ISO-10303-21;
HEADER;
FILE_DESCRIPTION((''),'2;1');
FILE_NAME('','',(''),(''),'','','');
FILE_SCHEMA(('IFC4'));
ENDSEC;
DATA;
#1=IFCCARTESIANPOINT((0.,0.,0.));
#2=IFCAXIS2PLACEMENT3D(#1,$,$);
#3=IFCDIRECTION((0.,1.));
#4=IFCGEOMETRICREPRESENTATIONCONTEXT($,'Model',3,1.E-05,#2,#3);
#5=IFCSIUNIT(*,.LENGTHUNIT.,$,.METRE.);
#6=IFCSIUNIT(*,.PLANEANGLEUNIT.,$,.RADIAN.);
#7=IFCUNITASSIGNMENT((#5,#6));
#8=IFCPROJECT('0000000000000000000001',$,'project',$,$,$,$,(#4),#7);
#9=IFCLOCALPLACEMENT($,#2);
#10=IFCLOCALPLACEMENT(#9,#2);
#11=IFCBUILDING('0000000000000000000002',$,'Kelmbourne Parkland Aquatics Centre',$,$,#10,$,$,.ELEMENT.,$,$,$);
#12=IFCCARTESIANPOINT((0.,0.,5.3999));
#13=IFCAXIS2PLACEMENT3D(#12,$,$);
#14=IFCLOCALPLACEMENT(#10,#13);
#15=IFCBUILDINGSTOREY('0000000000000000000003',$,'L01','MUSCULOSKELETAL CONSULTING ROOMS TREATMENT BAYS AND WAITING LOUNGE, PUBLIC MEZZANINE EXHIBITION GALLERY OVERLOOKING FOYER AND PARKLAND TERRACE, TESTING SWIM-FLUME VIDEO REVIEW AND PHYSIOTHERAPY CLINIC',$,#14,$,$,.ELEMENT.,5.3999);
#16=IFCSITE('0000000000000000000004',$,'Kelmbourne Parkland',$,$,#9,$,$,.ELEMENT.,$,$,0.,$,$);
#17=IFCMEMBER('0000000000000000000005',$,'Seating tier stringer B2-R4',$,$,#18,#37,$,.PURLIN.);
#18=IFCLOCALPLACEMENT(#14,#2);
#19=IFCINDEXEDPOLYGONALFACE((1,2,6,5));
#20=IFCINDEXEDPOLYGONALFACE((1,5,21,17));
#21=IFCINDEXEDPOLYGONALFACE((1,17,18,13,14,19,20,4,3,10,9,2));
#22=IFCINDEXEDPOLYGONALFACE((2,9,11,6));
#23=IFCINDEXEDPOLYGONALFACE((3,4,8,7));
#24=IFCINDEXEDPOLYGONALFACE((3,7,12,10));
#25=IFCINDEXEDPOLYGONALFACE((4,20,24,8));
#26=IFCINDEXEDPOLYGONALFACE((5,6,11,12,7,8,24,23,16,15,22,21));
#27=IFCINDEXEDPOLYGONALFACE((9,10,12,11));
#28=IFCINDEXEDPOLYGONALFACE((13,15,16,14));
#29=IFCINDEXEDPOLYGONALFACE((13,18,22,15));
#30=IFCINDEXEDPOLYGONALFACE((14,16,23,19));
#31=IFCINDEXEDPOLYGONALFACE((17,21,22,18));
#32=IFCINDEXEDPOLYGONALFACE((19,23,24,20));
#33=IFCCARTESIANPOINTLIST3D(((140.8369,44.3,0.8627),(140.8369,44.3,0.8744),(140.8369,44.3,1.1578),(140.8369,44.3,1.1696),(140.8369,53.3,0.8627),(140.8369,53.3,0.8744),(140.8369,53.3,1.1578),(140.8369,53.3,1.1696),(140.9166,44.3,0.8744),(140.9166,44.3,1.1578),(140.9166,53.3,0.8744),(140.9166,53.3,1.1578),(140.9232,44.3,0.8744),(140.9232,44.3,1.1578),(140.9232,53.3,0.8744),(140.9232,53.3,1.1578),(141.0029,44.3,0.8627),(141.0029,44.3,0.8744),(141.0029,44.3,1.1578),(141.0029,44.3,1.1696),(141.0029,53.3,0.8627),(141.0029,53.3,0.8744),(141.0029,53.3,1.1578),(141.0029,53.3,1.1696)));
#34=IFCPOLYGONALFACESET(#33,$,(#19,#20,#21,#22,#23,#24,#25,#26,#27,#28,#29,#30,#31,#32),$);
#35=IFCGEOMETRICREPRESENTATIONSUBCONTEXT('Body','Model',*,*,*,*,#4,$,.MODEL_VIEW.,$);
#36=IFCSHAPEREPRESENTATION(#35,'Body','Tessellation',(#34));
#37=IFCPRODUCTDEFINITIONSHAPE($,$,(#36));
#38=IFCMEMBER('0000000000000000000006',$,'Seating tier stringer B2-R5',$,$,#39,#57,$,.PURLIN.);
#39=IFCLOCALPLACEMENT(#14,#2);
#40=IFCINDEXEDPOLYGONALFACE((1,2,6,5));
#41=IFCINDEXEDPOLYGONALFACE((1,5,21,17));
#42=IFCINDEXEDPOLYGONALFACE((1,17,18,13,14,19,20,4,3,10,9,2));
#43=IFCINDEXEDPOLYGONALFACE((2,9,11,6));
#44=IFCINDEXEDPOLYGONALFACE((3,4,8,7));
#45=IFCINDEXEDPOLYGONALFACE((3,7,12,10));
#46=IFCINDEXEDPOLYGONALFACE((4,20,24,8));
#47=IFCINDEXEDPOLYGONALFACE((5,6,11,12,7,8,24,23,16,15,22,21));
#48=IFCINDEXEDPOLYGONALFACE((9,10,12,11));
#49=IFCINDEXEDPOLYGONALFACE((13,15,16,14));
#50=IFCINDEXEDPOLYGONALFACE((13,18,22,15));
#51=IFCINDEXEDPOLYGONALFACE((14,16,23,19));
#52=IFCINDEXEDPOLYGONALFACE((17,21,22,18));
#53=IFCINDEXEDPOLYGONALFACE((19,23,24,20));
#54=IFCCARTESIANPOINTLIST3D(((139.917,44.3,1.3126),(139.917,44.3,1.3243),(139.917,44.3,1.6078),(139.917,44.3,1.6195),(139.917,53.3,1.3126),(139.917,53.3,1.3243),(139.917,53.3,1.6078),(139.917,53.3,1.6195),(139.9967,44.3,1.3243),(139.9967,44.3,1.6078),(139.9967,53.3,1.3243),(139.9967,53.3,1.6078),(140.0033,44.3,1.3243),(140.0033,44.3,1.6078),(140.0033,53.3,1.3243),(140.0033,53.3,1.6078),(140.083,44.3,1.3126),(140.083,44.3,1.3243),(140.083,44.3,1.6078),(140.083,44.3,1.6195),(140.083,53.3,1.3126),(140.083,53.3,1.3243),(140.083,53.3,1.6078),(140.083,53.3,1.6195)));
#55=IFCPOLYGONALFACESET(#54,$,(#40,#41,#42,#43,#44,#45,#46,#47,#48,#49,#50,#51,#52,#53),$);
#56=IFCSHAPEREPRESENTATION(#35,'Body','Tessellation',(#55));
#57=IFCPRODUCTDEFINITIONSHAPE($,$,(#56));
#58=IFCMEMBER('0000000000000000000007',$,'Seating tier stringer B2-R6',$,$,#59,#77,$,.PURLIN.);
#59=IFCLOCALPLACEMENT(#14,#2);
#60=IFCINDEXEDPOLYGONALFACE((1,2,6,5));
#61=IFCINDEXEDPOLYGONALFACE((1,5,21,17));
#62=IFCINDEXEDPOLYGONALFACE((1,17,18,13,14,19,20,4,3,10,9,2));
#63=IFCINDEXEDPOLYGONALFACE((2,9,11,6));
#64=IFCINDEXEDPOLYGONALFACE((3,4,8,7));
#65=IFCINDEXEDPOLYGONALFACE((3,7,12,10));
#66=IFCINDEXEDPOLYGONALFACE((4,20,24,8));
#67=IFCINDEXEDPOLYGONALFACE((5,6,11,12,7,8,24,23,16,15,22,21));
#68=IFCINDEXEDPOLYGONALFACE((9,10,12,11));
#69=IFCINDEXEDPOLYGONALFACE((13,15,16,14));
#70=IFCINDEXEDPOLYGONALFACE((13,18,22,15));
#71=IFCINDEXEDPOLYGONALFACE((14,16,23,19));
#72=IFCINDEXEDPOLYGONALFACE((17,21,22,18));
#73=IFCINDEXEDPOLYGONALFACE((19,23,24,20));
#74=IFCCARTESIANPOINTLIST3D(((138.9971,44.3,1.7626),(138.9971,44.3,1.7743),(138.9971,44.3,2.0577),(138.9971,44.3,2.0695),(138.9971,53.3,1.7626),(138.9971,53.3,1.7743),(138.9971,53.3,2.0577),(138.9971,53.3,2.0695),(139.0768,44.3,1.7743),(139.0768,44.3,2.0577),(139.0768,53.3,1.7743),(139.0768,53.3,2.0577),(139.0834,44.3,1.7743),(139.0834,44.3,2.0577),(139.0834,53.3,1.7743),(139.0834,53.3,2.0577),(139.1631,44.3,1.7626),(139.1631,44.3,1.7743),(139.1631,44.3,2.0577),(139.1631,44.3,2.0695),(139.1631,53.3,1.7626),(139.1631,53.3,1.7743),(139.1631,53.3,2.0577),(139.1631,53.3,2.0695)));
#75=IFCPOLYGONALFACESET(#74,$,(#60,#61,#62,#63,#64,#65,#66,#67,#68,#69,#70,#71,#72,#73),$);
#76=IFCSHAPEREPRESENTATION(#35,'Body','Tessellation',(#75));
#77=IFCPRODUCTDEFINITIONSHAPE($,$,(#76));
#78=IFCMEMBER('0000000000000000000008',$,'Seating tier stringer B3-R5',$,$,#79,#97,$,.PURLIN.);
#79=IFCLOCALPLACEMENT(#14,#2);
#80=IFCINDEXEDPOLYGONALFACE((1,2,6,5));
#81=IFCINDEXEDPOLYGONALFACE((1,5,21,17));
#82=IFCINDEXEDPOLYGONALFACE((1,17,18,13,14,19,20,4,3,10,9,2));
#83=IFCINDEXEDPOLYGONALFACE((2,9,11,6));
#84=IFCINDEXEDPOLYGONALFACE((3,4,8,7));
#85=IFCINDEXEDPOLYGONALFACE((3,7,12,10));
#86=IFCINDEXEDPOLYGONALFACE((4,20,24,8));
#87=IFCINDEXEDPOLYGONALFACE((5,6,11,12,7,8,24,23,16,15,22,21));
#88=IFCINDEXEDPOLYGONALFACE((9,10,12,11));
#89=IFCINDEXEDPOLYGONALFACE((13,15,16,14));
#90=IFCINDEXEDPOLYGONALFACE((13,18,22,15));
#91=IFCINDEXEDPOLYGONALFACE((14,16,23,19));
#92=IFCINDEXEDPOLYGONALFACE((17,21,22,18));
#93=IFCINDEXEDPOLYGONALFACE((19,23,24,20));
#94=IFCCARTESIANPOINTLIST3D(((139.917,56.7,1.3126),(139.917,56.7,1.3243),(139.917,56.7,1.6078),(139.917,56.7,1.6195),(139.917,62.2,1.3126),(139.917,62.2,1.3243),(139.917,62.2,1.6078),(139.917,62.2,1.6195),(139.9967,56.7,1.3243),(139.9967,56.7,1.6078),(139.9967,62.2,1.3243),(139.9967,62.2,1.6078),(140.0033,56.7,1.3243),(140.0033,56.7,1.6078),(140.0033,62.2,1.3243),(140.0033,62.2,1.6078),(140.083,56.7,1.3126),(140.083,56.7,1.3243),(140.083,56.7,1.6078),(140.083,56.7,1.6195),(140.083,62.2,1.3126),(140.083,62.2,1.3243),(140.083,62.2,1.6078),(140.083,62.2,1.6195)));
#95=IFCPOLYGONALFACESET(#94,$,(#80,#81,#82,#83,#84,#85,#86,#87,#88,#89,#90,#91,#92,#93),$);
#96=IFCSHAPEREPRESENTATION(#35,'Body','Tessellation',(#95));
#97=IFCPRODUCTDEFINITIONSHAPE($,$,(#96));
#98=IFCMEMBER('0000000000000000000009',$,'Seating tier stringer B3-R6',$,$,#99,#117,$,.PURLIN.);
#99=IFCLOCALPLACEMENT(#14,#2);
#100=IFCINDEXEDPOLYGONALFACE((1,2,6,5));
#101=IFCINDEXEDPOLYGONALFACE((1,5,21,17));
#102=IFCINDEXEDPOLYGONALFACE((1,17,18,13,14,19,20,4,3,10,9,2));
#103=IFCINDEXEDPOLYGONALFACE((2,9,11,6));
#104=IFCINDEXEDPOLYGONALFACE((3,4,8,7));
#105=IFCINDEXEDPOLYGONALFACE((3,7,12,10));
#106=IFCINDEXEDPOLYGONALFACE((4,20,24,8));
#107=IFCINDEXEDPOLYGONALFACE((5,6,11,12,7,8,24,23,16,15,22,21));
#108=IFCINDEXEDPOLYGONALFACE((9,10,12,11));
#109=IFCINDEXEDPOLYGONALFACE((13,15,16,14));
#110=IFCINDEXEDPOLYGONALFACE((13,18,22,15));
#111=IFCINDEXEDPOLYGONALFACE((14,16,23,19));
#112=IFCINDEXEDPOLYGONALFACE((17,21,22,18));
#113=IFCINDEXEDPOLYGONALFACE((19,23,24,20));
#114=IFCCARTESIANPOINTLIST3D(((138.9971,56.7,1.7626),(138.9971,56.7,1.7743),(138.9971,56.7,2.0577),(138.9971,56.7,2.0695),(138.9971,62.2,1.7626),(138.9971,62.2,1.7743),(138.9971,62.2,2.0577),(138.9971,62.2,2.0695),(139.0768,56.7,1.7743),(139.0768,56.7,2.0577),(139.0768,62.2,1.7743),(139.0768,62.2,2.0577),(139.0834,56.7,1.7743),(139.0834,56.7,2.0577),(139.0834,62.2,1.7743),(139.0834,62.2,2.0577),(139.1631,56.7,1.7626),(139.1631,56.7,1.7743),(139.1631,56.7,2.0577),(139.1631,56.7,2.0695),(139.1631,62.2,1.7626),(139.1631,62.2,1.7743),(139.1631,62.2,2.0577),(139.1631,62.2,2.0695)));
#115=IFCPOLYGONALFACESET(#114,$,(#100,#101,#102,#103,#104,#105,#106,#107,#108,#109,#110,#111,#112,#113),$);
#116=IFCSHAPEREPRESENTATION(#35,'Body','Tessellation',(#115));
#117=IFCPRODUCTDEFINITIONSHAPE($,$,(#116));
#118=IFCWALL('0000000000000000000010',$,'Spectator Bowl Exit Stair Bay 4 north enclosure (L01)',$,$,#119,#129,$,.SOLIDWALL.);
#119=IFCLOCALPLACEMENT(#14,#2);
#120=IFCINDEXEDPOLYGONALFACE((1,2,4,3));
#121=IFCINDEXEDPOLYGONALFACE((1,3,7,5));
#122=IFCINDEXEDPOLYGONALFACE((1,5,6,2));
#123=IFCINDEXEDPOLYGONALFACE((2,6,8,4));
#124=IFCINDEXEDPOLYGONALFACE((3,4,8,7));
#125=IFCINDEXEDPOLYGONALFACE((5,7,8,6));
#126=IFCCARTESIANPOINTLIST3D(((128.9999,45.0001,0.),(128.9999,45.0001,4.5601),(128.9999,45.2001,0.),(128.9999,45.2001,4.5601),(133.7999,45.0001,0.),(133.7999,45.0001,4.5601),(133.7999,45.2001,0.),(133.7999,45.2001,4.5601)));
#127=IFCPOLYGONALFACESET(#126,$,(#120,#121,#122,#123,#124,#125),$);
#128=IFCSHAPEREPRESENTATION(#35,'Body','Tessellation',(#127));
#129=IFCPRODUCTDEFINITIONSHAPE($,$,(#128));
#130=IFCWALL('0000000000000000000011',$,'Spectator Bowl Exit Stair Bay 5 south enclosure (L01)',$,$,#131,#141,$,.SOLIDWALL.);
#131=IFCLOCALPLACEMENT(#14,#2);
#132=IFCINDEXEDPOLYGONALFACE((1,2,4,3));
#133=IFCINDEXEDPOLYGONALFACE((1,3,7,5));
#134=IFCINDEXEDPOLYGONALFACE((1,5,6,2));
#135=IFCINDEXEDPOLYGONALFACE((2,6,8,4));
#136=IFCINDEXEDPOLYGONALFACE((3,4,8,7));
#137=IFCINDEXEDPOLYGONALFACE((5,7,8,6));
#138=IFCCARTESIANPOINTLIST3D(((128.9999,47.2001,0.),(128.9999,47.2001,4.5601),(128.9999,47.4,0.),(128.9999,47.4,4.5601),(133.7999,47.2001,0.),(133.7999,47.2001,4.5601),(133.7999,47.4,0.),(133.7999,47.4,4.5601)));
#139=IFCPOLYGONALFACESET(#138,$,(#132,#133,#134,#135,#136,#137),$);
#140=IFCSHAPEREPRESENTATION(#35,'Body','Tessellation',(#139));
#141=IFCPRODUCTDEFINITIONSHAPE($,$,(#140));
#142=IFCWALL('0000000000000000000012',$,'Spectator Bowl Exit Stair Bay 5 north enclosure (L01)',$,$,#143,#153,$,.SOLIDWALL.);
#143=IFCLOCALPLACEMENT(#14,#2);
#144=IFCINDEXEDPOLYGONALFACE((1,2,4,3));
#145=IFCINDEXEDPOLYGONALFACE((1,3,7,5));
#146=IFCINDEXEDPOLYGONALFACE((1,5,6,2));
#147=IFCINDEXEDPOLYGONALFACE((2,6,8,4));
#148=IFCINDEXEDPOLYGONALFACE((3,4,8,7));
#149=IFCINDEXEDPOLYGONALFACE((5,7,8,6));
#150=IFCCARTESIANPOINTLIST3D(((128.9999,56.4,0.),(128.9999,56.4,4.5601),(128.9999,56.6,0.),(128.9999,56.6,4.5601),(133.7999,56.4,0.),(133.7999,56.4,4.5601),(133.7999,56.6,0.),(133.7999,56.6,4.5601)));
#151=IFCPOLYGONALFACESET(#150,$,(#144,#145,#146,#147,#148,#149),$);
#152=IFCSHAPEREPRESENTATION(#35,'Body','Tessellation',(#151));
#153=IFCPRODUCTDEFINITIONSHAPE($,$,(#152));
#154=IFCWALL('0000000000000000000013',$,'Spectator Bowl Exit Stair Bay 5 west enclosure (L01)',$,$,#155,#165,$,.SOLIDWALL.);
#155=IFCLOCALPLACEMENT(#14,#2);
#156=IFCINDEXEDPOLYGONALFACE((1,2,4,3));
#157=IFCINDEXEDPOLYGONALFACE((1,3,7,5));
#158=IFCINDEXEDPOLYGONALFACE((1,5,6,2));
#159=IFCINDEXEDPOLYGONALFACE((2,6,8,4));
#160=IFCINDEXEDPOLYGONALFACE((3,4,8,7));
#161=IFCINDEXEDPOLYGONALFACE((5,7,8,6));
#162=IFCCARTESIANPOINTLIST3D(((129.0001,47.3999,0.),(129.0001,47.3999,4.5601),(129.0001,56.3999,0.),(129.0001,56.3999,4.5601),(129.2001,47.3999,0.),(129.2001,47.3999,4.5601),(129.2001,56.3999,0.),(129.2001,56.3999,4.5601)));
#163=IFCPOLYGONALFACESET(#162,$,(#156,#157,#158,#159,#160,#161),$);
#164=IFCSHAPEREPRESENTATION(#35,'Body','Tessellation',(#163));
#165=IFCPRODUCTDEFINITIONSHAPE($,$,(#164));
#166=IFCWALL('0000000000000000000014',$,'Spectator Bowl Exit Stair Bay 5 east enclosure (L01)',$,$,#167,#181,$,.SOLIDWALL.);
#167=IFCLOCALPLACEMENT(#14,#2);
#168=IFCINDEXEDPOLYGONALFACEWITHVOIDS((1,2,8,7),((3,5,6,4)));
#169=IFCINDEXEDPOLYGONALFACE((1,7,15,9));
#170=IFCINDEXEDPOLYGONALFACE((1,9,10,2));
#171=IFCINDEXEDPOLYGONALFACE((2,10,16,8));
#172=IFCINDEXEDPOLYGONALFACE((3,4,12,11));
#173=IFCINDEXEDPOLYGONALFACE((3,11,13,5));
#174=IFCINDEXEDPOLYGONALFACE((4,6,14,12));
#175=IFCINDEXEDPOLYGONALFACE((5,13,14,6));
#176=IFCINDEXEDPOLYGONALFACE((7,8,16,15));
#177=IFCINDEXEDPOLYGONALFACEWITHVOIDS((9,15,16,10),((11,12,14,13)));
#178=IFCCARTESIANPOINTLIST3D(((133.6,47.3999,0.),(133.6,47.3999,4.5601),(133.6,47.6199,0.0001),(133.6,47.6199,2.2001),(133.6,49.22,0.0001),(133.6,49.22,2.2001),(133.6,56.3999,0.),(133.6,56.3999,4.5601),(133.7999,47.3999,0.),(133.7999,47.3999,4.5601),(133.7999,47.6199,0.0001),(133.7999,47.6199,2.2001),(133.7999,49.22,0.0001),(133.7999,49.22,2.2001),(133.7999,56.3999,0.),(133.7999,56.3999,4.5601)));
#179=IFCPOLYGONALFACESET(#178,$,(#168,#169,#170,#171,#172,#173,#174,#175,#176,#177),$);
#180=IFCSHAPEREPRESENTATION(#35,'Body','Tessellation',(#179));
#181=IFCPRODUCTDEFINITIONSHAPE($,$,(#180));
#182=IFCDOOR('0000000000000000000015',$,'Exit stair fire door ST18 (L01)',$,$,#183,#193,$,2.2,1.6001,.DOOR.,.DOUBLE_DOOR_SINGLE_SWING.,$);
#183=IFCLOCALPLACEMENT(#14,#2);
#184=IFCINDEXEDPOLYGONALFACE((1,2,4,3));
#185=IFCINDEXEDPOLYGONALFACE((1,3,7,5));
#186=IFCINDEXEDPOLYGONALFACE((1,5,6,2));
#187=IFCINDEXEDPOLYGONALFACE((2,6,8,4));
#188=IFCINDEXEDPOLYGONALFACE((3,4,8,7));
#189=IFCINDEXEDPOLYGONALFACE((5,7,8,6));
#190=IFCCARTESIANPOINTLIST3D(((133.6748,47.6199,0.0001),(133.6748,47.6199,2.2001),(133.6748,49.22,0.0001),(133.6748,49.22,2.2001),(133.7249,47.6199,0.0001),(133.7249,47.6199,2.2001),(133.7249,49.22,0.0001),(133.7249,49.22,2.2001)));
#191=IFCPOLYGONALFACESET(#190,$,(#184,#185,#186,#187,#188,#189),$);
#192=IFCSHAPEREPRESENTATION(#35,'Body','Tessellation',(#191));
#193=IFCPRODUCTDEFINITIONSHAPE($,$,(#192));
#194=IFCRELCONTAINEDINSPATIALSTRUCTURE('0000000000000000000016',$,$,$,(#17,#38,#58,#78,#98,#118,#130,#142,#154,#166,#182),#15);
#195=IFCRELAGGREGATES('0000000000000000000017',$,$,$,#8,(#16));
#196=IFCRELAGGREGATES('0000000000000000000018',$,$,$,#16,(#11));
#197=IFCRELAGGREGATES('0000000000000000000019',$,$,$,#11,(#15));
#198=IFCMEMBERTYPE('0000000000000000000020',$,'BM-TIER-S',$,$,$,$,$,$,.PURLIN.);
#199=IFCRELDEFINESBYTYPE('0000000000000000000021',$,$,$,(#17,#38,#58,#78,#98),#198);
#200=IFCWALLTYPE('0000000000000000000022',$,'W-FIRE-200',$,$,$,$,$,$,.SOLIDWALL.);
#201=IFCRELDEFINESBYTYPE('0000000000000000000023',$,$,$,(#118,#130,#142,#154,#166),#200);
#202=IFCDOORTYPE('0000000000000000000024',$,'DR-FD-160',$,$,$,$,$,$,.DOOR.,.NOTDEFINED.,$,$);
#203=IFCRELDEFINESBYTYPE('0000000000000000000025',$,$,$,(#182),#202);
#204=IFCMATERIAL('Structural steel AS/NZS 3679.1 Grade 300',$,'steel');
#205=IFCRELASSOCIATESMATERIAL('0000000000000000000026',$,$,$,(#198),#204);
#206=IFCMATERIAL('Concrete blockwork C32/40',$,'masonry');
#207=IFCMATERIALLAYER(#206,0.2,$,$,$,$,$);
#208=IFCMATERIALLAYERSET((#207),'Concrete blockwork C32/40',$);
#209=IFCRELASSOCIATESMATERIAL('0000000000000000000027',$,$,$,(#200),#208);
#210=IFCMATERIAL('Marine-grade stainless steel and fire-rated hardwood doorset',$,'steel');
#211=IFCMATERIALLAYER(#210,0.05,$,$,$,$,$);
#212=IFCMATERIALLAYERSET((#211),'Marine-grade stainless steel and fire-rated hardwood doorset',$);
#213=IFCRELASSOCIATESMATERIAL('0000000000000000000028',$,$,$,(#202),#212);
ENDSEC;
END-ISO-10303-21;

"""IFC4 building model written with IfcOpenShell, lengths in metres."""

from ifc_helpers import new_model, si_unit, direction, frame, frame_2d, origin, origin_2d, place, context, subcontext, project, spatial, rectangle, i_section, extrude, material, layer, layer_set, material_profile, profile_set, type_object, element, fill, save


model = new_model("IFC4")

# Units and contexts
model_context = context("Model", 3, precision=1e-05, world=origin(), true_north=direction((0.0, 1.0)))
body_context = subcontext(model_context, "Body", "Model", "MODEL_VIEW")
ifc_project = project(units=[si_unit("LENGTHUNIT", "METRE"), si_unit("PLANEANGLEUNIT", "RADIAN")], contexts=[model_context])

# Site, building, storey
site_placement = place(None, origin())
site = spatial("IfcSite", under=ifc_project, at=site_placement, Name="Kelmbourne Parkland", CompositionType="ELEMENT", RefElevation=0.0)
building_placement = place(site_placement, origin())
building = spatial("IfcBuilding", under=site, at=building_placement, Name="Kelmbourne Parkland Aquatics Centre", CompositionType="ELEMENT")
storey_placement = place(building_placement, frame((0.0, 0.0, 5.3999)))
storey = spatial("IfcBuildingStorey", under=building, at=storey_placement, Name="L01", Description="MUSCULOSKELETAL CONSULTING ROOMS TREATMENT BAYS AND WAITING LOUNGE, PUBLIC MEZZANINE EXHIBITION GALLERY OVERLOOKING FOYER AND PARKLAND TERRACE, TESTING SWIM-FLUME VIDEO REVIEW AND PHYSIOTHERAPY CLINIC", CompositionType="ELEMENT", Elevation=5.3999)

# Shared definitions
ifc_material_1 = material(Name="Structural steel AS/NZS 3679.1 Grade 300", Category="steel")

# Members
ifc_material_profile_1 = material_profile(ifc_material_1, i_section(OverallWidth=0.166, OverallDepth=0.3069, WebThickness=0.0066, FlangeThickness=0.0117, at=origin_2d()), Name="310UB46.2")
ifc_profile_set_1 = profile_set([ifc_material_profile_1], Name="Structural steel AS/NZS 3679.1 Grade 300")
member_type = type_object("IfcMemberType", Name="BM-TIER-S", PredefinedType="PURLIN", material=ifc_profile_set_1)
for number, where, z_axis, x_axis, name in (
    (1, (140.9199, 44.3, 1.0161), (0.0, 1.0, 0.0), (-1.0, 0.0, 0.0), "Seating tier stringer B2-R4"),
    (2, (140.0, 44.3, 1.4661), (0.0, 1.0, 0.0), (-1.0, 0.0, 0.0), "Seating tier stringer B2-R5"),
    (3, (139.0801, 44.3, 1.916), (0.0, 1.0, 0.0), (-1.0, 0.0, 0.0), "Seating tier stringer B2-R6"),
):
    element("IfcMember", number, at=place(storey_placement, frame(where, z_axis=z_axis, x_axis=x_axis)), inside=storey, type_object=member_type, Name=name, PredefinedType="PURLIN", context=body_context, shape_type="SweptSolid", body=[
        extrude(i_section(OverallWidth=0.166, OverallDepth=0.3069, WebThickness=0.0066, FlangeThickness=0.0117, at=origin_2d()), origin(), (0.0, 0.0, 1.0), 9.0),
    ])
for number, where, z_axis, x_axis, name in (
    (4, (140.0, 56.7, 1.4661), (0.0, 1.0, 0.0), (-1.0, 0.0, 0.0), "Seating tier stringer B3-R5"),
    (5, (139.0801, 56.7, 1.916), (0.0, 1.0, 0.0), (-1.0, 0.0, 0.0), "Seating tier stringer B3-R6"),
):
    element("IfcMember", number, at=place(storey_placement, frame(where, z_axis=z_axis, x_axis=x_axis)), inside=storey, type_object=member_type, Name=name, PredefinedType="PURLIN", context=body_context, shape_type="SweptSolid", body=[
        extrude(i_section(OverallWidth=0.166, OverallDepth=0.3069, WebThickness=0.0066, FlangeThickness=0.0117, at=origin_2d()), origin(), (0.0, 0.0, 1.0), 5.5),
    ])

# Walls
ifc_material_2 = material(Name="Concrete blockwork C32/40", Category="masonry")
ifc_layer_1 = layer(ifc_material_2, 0.2)
ifc_layer_set_1 = layer_set([ifc_layer_1], Name="Concrete blockwork C32/40")
wall_type = type_object("IfcWallType", Name="W-FIRE-200", PredefinedType="SOLIDWALL", material=ifc_layer_set_1)
for number, where, z_axis, x_axis, name in (
    (6, (129.0, 45.1001, 0.0), (0.0, 0.0, 1.0), (1.0, 0.0, 0.0), "Spectator Bowl Exit Stair Bay 4 north enclosure (L01)"),
    (7, (129.0, 47.3, 0.0), (0.0, 0.0, 1.0), (1.0, 0.0, 0.0), "Spectator Bowl Exit Stair Bay 5 south enclosure (L01)"),
    (8, (129.0, 56.5, 0.0), (0.0, 0.0, 1.0), (1.0, 0.0, 0.0), "Spectator Bowl Exit Stair Bay 5 north enclosure (L01)"),
):
    element("IfcWall", number, at=place(storey_placement, frame(where, z_axis=z_axis, x_axis=x_axis)), inside=storey, type_object=wall_type, Name=name, PredefinedType="SOLIDWALL", context=body_context, shape_type="SweptSolid", body=[
        extrude(rectangle(XDim=4.8, YDim=0.2, at=frame_2d((2.3999, 0.0))), origin(), (0.0, 0.0, 1.0), 4.5601),
    ])
wall_1_placement = place(storey_placement, frame((129.1001, 47.3999, 0.0), z_axis=(0.0, 0.0, 1.0), x_axis=(0.0, 1.0, 0.0)))
element("IfcWall", 9, at=wall_1_placement, inside=storey, type_object=wall_type, Name="Spectator Bowl Exit Stair Bay 5 west enclosure (L01)", PredefinedType="SOLIDWALL", context=body_context, shape_type="SweptSolid", body=[
    extrude(rectangle(XDim=9.0, YDim=0.2, at=frame_2d((4.5, 0.0))), origin(), (0.0, 0.0, 1.0), 4.5601),
])

# Wall, opening, door
wall_2_placement = place(storey_placement, frame((133.7, 47.3999, 0.0), z_axis=(0.0, 0.0, 1.0), x_axis=(0.0, 1.0, 0.0)))
wall_2 = element("IfcWall", 10, at=wall_2_placement, inside=storey, type_object=wall_type, Name="Spectator Bowl Exit Stair Bay 5 east enclosure (L01)", PredefinedType="SOLIDWALL", context=body_context, shape_type="SweptSolid", body=[
    extrude(rectangle(XDim=9.0, YDim=0.2, at=frame_2d((4.5, 0.0))), origin(), (0.0, 0.0, 1.0), 4.5601),
])
opening_placement = place(wall_2_placement, frame((0.22, 0.0, 0.0)))
opening = element("IfcOpeningElement", 11, at=opening_placement, cuts=wall_2, PredefinedType="OPENING", context=body_context, shape_type="SweptSolid", body=[
    extrude(rectangle(XDim=1.6001, YDim=2.2, at=frame_2d((0.8, 1.1001))), frame((0.0, 0.1118, 0.0), z_axis=(0.0, -1.0, 0.0), x_axis=(1.0, 0.0, 0.0)), (0.0, 0.0, 1.0), 0.2239),
])
ifc_material_3 = material(Name="Marine-grade stainless steel and fire-rated hardwood doorset", Category="steel")
ifc_layer_2 = layer(ifc_material_3, 0.05)
ifc_layer_set_2 = layer_set([ifc_layer_2], Name="Marine-grade stainless steel and fire-rated hardwood doorset")
door_type = type_object("IfcDoorType", Name="DR-FD-160", OperationType="NOTDEFINED", PredefinedType="DOOR", material=ifc_layer_set_2)
door_placement = place(opening_placement, frame((1.6001, 0.0, 0.0), z_axis=(0.0, 0.0, 1.0), x_axis=(-1.0, 0.0, 0.0)))
door = element("IfcDoor", 12, at=door_placement, inside=storey, type_object=door_type, Name="Exit stair fire door ST18 (L01)", OperationType="DOUBLE_DOOR_SINGLE_SWING", OverallHeight=2.2, OverallWidth=1.6001, PredefinedType="DOOR", context=body_context, shape_type="SweptSolid", body=[
    extrude(rectangle(XDim=1.6001, YDim=2.2, at=frame_2d((0.8, 1.1001))), frame((0.0, 0.0249, 0.0), z_axis=(0.0, -1.0, 0.0), x_axis=(1.0, 0.0, 0.0)), (0.0, 0.0, 1.0), 0.05),
])
fill(opening, door)

save(model, "model.ifc")
